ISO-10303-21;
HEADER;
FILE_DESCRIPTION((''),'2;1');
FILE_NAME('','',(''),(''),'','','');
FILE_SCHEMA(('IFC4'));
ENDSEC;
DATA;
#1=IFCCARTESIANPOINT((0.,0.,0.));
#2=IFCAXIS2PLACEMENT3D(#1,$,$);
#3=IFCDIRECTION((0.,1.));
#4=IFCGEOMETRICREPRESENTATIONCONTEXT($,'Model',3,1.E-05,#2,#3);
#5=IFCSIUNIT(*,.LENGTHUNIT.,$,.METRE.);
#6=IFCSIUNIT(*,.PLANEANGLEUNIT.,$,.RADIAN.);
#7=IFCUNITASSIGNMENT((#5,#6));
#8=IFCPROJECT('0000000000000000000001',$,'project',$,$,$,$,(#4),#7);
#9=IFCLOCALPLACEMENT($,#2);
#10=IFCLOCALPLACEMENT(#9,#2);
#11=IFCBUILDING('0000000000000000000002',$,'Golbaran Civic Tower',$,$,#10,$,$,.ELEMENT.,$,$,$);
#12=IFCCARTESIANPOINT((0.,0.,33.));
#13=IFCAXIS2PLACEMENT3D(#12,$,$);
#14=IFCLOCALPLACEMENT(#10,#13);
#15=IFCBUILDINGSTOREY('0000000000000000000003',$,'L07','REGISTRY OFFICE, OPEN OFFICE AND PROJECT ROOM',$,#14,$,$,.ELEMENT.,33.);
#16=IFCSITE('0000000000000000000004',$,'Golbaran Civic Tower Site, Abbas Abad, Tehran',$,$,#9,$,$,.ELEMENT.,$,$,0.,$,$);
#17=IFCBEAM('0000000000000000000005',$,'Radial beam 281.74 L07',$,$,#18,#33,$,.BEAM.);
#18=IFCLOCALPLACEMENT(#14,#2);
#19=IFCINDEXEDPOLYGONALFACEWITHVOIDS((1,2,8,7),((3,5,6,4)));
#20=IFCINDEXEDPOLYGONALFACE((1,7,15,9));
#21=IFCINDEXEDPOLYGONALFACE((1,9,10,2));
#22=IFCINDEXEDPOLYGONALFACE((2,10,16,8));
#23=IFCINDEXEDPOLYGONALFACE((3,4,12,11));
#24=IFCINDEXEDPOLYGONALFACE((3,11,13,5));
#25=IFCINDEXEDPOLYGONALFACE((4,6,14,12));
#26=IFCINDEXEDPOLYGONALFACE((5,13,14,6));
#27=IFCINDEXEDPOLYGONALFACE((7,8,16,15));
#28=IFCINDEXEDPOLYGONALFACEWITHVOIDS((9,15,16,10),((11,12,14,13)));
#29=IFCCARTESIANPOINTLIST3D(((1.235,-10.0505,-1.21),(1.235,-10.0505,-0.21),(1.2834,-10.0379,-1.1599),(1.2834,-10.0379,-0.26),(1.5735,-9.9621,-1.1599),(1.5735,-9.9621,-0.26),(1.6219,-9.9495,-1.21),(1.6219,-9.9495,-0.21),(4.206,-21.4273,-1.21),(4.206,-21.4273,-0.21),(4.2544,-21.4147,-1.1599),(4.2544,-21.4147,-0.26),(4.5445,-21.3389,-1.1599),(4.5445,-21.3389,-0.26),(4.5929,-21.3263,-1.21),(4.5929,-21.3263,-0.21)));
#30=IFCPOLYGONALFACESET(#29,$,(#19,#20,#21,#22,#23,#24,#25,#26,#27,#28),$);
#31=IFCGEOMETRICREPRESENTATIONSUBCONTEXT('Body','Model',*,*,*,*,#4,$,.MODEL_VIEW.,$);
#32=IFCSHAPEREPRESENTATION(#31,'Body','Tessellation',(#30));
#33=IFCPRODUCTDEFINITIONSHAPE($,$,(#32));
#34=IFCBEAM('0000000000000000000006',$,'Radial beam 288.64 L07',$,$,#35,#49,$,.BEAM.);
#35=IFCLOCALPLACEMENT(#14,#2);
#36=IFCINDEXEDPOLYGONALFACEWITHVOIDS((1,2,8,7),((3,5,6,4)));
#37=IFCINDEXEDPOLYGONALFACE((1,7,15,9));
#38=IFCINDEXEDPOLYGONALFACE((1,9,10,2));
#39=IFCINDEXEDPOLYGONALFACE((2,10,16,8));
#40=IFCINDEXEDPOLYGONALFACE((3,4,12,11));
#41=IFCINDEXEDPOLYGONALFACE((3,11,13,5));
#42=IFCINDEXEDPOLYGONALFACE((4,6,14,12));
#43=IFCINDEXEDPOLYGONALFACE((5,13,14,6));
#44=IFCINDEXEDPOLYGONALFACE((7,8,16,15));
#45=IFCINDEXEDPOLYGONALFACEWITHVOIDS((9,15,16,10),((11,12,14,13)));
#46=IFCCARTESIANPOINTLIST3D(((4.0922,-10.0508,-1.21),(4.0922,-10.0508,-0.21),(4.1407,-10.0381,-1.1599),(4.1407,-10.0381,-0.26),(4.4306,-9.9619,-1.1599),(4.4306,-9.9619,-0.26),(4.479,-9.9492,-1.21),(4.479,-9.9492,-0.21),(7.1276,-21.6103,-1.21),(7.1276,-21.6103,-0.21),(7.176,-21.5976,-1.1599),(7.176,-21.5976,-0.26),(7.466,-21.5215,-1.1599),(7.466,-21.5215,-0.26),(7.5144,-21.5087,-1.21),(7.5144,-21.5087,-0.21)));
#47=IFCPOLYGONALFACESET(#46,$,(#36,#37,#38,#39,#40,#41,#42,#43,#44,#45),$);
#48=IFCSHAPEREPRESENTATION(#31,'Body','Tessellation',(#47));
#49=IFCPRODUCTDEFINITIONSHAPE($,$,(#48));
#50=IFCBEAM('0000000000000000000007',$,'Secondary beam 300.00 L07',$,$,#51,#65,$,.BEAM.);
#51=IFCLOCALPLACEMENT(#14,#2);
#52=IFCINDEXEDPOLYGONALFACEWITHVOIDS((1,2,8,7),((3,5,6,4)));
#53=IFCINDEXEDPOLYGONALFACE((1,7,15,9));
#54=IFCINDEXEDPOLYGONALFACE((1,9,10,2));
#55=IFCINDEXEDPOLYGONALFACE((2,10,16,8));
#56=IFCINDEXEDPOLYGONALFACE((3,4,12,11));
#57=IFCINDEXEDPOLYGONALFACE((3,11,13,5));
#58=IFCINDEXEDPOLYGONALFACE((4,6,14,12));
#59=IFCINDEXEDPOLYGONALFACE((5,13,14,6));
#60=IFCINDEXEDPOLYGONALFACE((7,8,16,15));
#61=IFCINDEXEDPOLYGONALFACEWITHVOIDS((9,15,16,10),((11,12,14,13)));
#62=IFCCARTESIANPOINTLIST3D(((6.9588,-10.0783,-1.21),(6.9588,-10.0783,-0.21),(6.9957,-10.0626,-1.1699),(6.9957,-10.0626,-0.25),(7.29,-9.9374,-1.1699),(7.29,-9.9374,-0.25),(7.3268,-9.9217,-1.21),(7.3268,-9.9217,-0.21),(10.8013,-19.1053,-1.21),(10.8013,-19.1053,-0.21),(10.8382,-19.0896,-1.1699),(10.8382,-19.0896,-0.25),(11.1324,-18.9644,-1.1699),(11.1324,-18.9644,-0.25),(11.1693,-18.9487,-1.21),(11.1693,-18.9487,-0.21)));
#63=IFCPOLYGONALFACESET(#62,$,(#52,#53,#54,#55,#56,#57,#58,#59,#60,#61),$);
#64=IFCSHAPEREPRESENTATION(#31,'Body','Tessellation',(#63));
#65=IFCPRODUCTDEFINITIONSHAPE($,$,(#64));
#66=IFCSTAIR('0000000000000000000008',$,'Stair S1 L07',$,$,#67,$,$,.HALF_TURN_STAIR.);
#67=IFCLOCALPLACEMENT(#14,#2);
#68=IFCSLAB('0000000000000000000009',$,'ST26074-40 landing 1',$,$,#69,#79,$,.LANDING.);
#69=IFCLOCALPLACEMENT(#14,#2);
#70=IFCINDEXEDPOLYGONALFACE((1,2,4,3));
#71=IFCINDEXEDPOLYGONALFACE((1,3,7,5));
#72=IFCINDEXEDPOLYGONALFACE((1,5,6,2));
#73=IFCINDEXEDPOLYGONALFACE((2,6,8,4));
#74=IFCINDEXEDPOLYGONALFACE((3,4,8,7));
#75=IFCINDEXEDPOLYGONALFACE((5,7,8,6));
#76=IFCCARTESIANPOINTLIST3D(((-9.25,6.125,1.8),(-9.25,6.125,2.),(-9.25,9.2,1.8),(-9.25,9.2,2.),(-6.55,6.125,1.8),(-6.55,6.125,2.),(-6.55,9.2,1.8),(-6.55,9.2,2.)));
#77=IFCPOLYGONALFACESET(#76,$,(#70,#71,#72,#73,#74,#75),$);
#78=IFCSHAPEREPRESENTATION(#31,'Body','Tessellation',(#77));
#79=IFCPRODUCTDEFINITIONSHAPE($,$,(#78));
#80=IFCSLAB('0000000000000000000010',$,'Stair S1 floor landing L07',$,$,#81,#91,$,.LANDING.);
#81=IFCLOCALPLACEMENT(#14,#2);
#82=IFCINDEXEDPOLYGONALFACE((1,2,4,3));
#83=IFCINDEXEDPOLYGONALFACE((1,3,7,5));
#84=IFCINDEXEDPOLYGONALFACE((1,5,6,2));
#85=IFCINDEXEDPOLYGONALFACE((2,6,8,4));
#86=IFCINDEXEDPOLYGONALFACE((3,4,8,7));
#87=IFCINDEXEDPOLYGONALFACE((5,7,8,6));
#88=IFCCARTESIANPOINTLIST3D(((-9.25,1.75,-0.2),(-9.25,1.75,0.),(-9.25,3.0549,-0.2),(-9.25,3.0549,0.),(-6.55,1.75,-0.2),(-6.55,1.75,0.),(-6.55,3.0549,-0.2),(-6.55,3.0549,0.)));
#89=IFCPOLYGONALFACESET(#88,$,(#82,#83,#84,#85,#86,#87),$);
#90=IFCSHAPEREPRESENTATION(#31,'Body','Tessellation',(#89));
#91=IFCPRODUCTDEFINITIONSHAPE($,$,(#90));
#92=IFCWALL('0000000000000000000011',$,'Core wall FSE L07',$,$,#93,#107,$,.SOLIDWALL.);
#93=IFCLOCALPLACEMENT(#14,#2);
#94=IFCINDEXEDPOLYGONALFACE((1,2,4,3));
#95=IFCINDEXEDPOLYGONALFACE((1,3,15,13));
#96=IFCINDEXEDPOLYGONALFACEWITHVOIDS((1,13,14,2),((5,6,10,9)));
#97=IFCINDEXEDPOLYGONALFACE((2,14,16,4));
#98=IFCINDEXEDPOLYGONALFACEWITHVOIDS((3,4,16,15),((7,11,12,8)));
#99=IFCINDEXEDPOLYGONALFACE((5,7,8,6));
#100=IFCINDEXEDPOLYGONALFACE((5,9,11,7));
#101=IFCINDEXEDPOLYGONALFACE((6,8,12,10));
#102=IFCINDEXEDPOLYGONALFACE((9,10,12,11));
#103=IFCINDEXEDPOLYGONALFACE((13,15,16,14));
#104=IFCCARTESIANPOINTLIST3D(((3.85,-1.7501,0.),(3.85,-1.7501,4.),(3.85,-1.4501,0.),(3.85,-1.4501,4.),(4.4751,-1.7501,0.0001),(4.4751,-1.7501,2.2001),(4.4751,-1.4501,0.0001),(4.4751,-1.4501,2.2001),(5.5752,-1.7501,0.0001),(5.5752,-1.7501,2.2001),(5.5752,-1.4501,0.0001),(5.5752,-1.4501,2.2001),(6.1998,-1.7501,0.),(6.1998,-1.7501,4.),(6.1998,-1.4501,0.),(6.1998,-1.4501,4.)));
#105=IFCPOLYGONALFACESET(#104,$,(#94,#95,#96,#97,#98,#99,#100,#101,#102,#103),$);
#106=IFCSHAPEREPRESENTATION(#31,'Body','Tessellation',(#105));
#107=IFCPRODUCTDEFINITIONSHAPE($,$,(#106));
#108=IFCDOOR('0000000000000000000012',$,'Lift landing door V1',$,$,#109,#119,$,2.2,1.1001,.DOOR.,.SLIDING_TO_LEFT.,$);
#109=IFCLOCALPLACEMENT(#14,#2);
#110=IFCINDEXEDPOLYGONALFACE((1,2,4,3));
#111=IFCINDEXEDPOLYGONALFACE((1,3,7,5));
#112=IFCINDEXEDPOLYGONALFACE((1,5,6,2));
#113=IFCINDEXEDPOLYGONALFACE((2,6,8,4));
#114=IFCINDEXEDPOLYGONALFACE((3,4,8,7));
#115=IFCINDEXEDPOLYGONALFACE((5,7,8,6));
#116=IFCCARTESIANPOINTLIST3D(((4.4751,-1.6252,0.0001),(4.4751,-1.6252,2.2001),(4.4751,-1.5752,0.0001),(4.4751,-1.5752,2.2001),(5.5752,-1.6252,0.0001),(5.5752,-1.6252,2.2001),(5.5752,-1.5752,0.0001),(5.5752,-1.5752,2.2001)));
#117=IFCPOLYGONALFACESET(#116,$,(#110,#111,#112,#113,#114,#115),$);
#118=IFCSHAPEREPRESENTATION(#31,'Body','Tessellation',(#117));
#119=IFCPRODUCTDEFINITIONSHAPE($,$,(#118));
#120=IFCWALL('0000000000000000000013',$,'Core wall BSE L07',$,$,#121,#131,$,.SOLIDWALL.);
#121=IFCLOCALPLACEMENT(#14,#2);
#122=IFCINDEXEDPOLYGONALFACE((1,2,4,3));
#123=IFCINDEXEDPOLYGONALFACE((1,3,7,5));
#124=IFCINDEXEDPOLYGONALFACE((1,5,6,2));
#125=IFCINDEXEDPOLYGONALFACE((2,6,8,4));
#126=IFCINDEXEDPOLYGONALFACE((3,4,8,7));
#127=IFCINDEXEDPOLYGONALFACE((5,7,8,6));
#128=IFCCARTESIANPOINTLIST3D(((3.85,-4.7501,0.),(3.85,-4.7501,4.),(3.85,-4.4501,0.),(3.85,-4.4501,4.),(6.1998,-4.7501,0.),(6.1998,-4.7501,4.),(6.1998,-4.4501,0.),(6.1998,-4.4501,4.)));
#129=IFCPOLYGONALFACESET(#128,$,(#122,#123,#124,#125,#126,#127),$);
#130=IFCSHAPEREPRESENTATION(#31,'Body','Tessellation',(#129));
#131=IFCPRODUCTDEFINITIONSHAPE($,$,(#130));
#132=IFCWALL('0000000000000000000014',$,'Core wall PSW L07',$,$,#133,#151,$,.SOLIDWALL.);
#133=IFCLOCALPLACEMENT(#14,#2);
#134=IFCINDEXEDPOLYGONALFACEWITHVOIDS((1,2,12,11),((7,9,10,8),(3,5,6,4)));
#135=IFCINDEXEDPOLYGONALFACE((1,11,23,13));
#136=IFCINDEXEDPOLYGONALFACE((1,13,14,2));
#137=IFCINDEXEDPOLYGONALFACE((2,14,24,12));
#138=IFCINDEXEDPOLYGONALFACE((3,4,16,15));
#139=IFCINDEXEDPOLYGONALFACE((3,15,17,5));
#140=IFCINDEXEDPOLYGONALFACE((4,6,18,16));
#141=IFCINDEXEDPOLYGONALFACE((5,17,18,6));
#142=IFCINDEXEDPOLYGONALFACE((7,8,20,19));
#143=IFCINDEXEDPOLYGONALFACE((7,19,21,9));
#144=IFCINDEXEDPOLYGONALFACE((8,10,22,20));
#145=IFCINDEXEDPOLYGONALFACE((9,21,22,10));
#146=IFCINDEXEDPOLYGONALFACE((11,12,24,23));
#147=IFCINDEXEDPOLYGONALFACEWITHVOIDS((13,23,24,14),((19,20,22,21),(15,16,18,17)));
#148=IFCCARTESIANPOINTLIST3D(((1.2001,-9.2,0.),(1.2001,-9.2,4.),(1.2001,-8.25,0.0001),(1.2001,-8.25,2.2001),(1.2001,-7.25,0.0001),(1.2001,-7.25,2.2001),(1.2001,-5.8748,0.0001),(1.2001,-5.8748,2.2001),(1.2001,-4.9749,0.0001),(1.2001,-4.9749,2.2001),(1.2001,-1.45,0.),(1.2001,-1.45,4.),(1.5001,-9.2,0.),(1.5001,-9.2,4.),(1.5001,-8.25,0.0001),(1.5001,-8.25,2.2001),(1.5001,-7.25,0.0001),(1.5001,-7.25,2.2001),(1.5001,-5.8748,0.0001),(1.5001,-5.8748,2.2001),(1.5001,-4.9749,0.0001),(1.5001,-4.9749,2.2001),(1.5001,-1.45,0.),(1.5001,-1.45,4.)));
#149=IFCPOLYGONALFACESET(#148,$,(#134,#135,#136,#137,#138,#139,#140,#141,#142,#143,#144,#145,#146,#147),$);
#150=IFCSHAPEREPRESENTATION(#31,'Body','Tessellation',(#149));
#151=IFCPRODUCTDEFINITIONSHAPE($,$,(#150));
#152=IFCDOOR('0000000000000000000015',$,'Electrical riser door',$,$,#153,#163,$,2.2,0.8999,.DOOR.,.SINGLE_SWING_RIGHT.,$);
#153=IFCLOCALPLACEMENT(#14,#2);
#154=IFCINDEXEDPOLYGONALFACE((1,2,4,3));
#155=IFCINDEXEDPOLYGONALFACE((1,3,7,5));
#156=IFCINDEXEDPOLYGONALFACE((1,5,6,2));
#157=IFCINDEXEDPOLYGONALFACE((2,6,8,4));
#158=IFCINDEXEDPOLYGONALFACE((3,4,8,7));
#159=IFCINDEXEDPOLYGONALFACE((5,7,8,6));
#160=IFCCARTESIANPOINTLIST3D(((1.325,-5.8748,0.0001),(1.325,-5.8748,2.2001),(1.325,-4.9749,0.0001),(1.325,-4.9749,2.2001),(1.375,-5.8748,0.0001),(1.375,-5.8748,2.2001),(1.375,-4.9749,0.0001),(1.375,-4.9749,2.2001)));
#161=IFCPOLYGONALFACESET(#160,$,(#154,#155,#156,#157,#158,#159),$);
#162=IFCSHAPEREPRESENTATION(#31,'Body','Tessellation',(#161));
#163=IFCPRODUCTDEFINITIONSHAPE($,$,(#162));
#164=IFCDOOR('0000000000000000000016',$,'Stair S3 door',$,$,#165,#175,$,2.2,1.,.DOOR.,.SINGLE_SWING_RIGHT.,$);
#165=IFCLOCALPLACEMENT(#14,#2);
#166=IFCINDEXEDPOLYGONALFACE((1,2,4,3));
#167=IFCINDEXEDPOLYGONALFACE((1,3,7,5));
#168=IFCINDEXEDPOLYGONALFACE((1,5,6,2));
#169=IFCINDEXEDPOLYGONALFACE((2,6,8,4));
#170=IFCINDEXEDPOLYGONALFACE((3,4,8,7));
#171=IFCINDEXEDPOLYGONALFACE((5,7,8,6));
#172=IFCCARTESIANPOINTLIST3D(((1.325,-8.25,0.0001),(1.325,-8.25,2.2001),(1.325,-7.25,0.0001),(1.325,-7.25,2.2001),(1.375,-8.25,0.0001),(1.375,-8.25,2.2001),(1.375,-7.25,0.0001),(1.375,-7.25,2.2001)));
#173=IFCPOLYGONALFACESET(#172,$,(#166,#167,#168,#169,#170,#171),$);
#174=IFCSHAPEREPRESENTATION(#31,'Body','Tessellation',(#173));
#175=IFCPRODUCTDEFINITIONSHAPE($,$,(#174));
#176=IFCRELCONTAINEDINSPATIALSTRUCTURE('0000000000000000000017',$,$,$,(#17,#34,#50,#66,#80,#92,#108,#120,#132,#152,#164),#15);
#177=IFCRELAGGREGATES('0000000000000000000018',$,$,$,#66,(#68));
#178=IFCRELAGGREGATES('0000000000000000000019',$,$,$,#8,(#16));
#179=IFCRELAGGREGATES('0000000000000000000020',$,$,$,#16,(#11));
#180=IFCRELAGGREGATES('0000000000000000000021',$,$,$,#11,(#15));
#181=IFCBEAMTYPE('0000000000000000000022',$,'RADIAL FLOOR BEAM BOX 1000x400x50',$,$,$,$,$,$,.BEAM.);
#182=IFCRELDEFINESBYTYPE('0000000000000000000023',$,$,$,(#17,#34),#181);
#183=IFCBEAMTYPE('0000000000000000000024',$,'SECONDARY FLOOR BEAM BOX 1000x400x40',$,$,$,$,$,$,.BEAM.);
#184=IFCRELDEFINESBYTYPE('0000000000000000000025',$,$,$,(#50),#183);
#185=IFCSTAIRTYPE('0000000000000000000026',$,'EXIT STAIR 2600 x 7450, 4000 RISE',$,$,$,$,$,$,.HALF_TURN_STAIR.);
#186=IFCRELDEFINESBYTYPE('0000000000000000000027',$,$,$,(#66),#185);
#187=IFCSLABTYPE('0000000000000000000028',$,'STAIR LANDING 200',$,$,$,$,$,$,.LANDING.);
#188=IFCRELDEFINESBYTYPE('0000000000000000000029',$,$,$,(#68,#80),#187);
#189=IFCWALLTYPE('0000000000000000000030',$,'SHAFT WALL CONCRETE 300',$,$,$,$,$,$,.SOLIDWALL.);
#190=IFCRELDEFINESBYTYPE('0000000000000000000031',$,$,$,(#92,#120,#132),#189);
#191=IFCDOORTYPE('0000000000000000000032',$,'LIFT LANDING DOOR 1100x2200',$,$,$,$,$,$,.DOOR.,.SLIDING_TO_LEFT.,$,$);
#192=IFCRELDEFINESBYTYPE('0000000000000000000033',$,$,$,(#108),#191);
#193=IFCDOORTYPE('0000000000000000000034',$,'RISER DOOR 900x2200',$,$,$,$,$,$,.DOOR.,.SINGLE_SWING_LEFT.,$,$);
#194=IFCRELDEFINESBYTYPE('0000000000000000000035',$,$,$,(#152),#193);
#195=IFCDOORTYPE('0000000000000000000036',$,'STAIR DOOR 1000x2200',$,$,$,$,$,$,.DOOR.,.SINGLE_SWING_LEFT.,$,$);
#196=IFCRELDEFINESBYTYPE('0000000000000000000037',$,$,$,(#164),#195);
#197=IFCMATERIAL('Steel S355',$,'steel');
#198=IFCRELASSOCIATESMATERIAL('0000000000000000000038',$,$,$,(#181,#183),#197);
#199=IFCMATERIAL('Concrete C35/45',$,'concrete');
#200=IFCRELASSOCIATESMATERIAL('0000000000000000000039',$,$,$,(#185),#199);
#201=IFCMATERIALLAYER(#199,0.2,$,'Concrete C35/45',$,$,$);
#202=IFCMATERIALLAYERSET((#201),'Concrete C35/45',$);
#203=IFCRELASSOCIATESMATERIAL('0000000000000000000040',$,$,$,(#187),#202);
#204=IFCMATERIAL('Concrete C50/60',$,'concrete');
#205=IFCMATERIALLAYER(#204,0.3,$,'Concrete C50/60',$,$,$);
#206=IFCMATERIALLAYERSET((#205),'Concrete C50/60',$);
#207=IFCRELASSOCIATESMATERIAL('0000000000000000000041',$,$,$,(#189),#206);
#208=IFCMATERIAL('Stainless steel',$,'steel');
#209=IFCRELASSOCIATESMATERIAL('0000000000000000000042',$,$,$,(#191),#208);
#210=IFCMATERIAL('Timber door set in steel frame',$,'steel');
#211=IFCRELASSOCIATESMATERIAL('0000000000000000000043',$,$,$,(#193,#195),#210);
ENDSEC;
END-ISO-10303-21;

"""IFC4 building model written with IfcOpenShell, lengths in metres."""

from ifc_helpers import new_model, si_unit, direction, frame, frame_2d, origin, origin_2d, place, context, subcontext, project, spatial, polyline, rectangle, hollow_rectangle, outline, extrude, material, layer, layer_set, material_profile, profile_set, type_object, element, fill, aggregate, save


model = new_model("IFC4")

# Units and contexts
model_context = context("Model", 3, precision=1e-05, world=origin(), true_north=direction((0.0, 1.0)))
body_context = subcontext(model_context, "Body", "Model", "MODEL_VIEW")
ifc_project = project(units=[si_unit("LENGTHUNIT", "METRE"), si_unit("PLANEANGLEUNIT", "RADIAN")], contexts=[model_context])

# Site, building, storey
site_placement = place(None, origin())
site = spatial("IfcSite", under=ifc_project, at=site_placement, Name="Golbaran Civic Tower Site, Abbas Abad, Tehran", CompositionType="ELEMENT", RefElevation=0.0)
building_placement = place(site_placement, origin())
building = spatial("IfcBuilding", under=site, at=building_placement, Name="Golbaran Civic Tower", CompositionType="ELEMENT")
storey_placement = place(building_placement, frame((0.0, 0.0, 33.0)))
storey = spatial("IfcBuildingStorey", under=building, at=storey_placement, Name="L07", Description="REGISTRY OFFICE, OPEN OFFICE AND PROJECT ROOM", CompositionType="ELEMENT", Elevation=33.0)

# Beams
ifc_material_1 = material(Name="Steel S355", Category="steel")
ifc_material_profile_1 = material_profile(ifc_material_1, hollow_rectangle(XDim=0.3999, YDim=1.0, WallThickness=0.05, at=origin_2d()), Name="BOX 1000x400x50")
ifc_profile_set_1 = profile_set([ifc_material_profile_1], Name="Steel S355")
beam_type_1 = type_object("IfcBeamType", Name="RADIAL FLOOR BEAM BOX 1000x400x50", PredefinedType="BEAM", material=ifc_profile_set_1)
beam_1_placement = place(storey_placement, frame((1.4285, -10.0, -0.71), z_axis=(0.25267, -0.967553, 0.0), x_axis=(0.967553, 0.25267, 0.0)))
element("IfcBeam", 1, at=beam_1_placement, inside=storey, type_object=beam_type_1, Name="Radial beam 281.74 L07", PredefinedType="BEAM", context=body_context, shape_type="SweptSolid", body=[
    extrude(hollow_rectangle(XDim=0.3999, YDim=1.0, WallThickness=0.05, at=origin_2d()), origin(), (0.0, 0.0, 1.0), 11.7583),
])
beam_2_placement = place(storey_placement, frame((4.2856, -10.0, -0.71), z_axis=(0.253977, -0.96721, 0.0), x_axis=(0.96721, 0.253977, 0.0)))
element("IfcBeam", 2, at=beam_2_placement, inside=storey, type_object=beam_type_1, Name="Radial beam 288.64 L07", PredefinedType="BEAM", context=body_context, shape_type="SweptSolid", body=[
    extrude(hollow_rectangle(XDim=0.3999, YDim=1.0, WallThickness=0.05, at=origin_2d()), origin(), (0.0, 0.0, 1.0), 11.9514),
])
ifc_material_profile_2 = material_profile(ifc_material_1, hollow_rectangle(XDim=0.3999, YDim=1.0, WallThickness=0.04, at=origin_2d()), Name="BOX 1000x400x40")
ifc_profile_set_2 = profile_set([ifc_material_profile_2], Name="Steel S355")
beam_type_2 = type_object("IfcBeamType", Name="SECONDARY FLOOR BEAM BOX 1000x400x40", PredefinedType="BEAM", material=ifc_profile_set_2)
beam_3_placement = place(storey_placement, frame((7.1428, -10.0, -0.71), z_axis=(0.39166, -0.92011, 0.0), x_axis=(0.92011, 0.39166, 0.0)))
element("IfcBeam", 3, at=beam_3_placement, inside=storey, type_object=beam_type_2, Name="Secondary beam 300.00 L07", PredefinedType="BEAM", context=body_context, shape_type="SweptSolid", body=[
    extrude(hollow_rectangle(XDim=0.3999, YDim=1.0, WallThickness=0.04, at=origin_2d()), origin(), (0.0, 0.0, 1.0), 9.8108),
])

# Stair, slab
ifc_material_2 = material(Name="Concrete C35/45", Category="concrete")
stair_type = type_object("IfcStairType", Name="EXIT STAIR 2600 x 7450, 4000 RISE", PredefinedType="HALF_TURN_STAIR", material=ifc_material_2)
stair_1_placement = place(storey_placement, origin())
stair_1 = element("IfcStair", 4, at=stair_1_placement, inside=storey, type_object=stair_type, Name="Stair S1 L07", PredefinedType="HALF_TURN_STAIR")
ifc_layer_1 = layer(ifc_material_2, 0.2, Name="Concrete C35/45")
ifc_layer_set_1 = layer_set([ifc_layer_1], Name="Concrete C35/45")
slab_type = type_object("IfcSlabType", Name="STAIR LANDING 200", PredefinedType="LANDING", material=ifc_layer_set_1)
slab_1_placement = place(storey_placement, frame((0.0, 0.0, 1.8)))
slab_1 = element("IfcSlab", 5, at=slab_1_placement, type_object=slab_type, Name="ST26074-40 landing 1", PredefinedType="LANDING", context=body_context, shape_type="SweptSolid", body=[
    extrude(outline(polyline([(-9.25, 6.125), (-9.25, 9.2), (-6.55, 9.2), (-6.55, 6.125), (-9.25, 6.125)])), origin(), (0.0, 0.0, 1.0), 0.2),
])
aggregate(stair_1, [slab_1])

# Slab
slab_2_placement = place(storey_placement, frame((0.0, 0.0, -0.2)))
element("IfcSlab", 6, at=slab_2_placement, inside=storey, type_object=slab_type, Name="Stair S1 floor landing L07", PredefinedType="LANDING", context=body_context, shape_type="SweptSolid", body=[
    extrude(outline(polyline([(-9.25, 1.75), (-9.25, 3.0549), (-6.55, 3.0549), (-6.55, 1.75), (-9.25, 1.75)])), origin(), (0.0, 0.0, 1.0), 0.2),
])

# Wall, opening, door
ifc_material_3 = material(Name="Concrete C50/60", Category="concrete")
ifc_layer_2 = layer(ifc_material_3, 0.3, Name="Concrete C50/60")
ifc_layer_set_2 = layer_set([ifc_layer_2], Name="Concrete C50/60")
wall_type = type_object("IfcWallType", Name="SHAFT WALL CONCRETE 300", PredefinedType="SOLIDWALL", material=ifc_layer_set_2)
wall_1_placement = place(storey_placement, frame((3.8501, -1.6001, 0.0), z_axis=(0.0, 0.0, 1.0), x_axis=(1.0, 0.0, 0.0)))
wall_1 = element("IfcWall", 7, at=wall_1_placement, inside=storey, type_object=wall_type, Name="Core wall FSE L07", PredefinedType="SOLIDWALL", context=body_context, shape_type="SweptSolid", body=[
    extrude(rectangle(XDim=2.3499, YDim=0.3, at=frame_2d((1.1748, 0.0))), origin(), (0.0, 0.0, 1.0), 4.0),
])
opening_1_placement = place(wall_1_placement, frame((0.625, 0.0, 0.0)))
opening_1 = element("IfcOpeningElement", 8, at=opening_1_placement, cuts=wall_1, PredefinedType="OPENING", context=body_context, shape_type="SweptSolid", body=[
    extrude(rectangle(XDim=1.1001, YDim=2.2, at=frame_2d((0.55, 1.1001))), frame((0.0, 0.1599, 0.0), z_axis=(0.0, -1.0, 0.0), x_axis=(1.0, 0.0, 0.0)), (0.0, 0.0, 1.0), 0.3201),
])
ifc_material_4 = material(Name="Stainless steel", Category="steel")
door_type_1 = type_object("IfcDoorType", Name="LIFT LANDING DOOR 1100x2200", OperationType="SLIDING_TO_LEFT", PredefinedType="DOOR", material=ifc_material_4)
door_1_placement = place(opening_1_placement, origin())
door_1 = element("IfcDoor", 9, at=door_1_placement, inside=storey, type_object=door_type_1, Name="Lift landing door V1", OperationType="SLIDING_TO_LEFT", OverallHeight=2.2, OverallWidth=1.1001, PredefinedType="DOOR", context=body_context, shape_type="SweptSolid", body=[
    extrude(rectangle(XDim=1.1001, YDim=2.2, at=frame_2d((0.55, 1.1001))), frame((0.0, 0.0249, 0.0), z_axis=(0.0, -1.0, 0.0), x_axis=(1.0, 0.0, 0.0)), (0.0, 0.0, 1.0), 0.05),
])
fill(opening_1, door_1)

# Wall
wall_2_placement = place(storey_placement, frame((3.8501, -4.6001, 0.0), z_axis=(0.0, 0.0, 1.0), x_axis=(1.0, 0.0, 0.0)))
element("IfcWall", 10, at=wall_2_placement, inside=storey, type_object=wall_type, Name="Core wall BSE L07", PredefinedType="SOLIDWALL", context=body_context, shape_type="SweptSolid", body=[
    extrude(rectangle(XDim=2.3499, YDim=0.3, at=frame_2d((1.1748, 0.0))), origin(), (0.0, 0.0, 1.0), 4.0),
])

# Wall, openings, doors
wall_3_placement = place(storey_placement, frame((1.3501, -1.45, 0.0), z_axis=(0.0, 0.0, 1.0), x_axis=(0.0, -1.0, 0.0)))
wall_3 = element("IfcWall", 11, at=wall_3_placement, inside=storey, type_object=wall_type, Name="Core wall PSW L07", PredefinedType="SOLIDWALL", context=body_context, shape_type="SweptSolid", body=[
    extrude(rectangle(XDim=7.75, YDim=0.3, at=frame_2d((3.875, 0.0))), origin(), (0.0, 0.0, 1.0), 4.0),
])
opening_2_placement = place(wall_3_placement, frame((5.8, 0.0, 0.0)))
opening_2 = element("IfcOpeningElement", 12, at=opening_2_placement, cuts=wall_3, PredefinedType="OPENING", context=body_context, shape_type="SweptSolid", body=[
    extrude(rectangle(XDim=1.0, YDim=2.2, at=frame_2d((0.5, 1.1001))), frame((0.0, 0.1599, 0.0), z_axis=(0.0, -1.0, 0.0), x_axis=(1.0, 0.0, 0.0)), (0.0, 0.0, 1.0), 0.3201),
])
opening_3_placement = place(wall_3_placement, frame((3.5249, 0.0, 0.0)))
opening_3 = element("IfcOpeningElement", 13, at=opening_3_placement, cuts=wall_3, PredefinedType="OPENING", context=body_context, shape_type="SweptSolid", body=[
    extrude(rectangle(XDim=0.8999, YDim=2.2, at=frame_2d((0.45, 1.1001))), frame((0.0, 0.1599, 0.0), z_axis=(0.0, -1.0, 0.0), x_axis=(1.0, 0.0, 0.0)), (0.0, 0.0, 1.0), 0.3201),
])
ifc_material_5 = material(Name="Timber door set in steel frame", Category="steel")
door_type_2 = type_object("IfcDoorType", Name="RISER DOOR 900x2200", OperationType="SINGLE_SWING_LEFT", PredefinedType="DOOR", material=ifc_material_5)
door_2_placement = place(opening_3_placement, origin())
door_2 = element("IfcDoor", 14, at=door_2_placement, inside=storey, type_object=door_type_2, Name="Electrical riser door", OperationType="SINGLE_SWING_RIGHT", OverallHeight=2.2, OverallWidth=0.8999, PredefinedType="DOOR", context=body_context, shape_type="SweptSolid", body=[
    extrude(rectangle(XDim=0.8999, YDim=2.2, at=frame_2d((0.45, 1.1001))), frame((0.0, 0.0249, 0.0), z_axis=(0.0, -1.0, 0.0), x_axis=(1.0, 0.0, 0.0)), (0.0, 0.0, 1.0), 0.05),
])
fill(opening_3, door_2)
door_type_3 = type_object("IfcDoorType", Name="STAIR DOOR 1000x2200", OperationType="SINGLE_SWING_LEFT", PredefinedType="DOOR", material=ifc_material_5)
door_3_placement = place(opening_2_placement, origin())
door_3 = element("IfcDoor", 15, at=door_3_placement, inside=storey, type_object=door_type_3, Name="Stair S3 door", OperationType="SINGLE_SWING_RIGHT", OverallHeight=2.2, OverallWidth=1.0, PredefinedType="DOOR", context=body_context, shape_type="SweptSolid", body=[
    extrude(rectangle(XDim=1.0, YDim=2.2, at=frame_2d((0.5, 1.1001))), frame((0.0, 0.0249, 0.0), z_axis=(0.0, -1.0, 0.0), x_axis=(1.0, 0.0, 0.0)), (0.0, 0.0, 1.0), 0.05),
])
fill(opening_2, door_3)

save(model, "model.ifc")
